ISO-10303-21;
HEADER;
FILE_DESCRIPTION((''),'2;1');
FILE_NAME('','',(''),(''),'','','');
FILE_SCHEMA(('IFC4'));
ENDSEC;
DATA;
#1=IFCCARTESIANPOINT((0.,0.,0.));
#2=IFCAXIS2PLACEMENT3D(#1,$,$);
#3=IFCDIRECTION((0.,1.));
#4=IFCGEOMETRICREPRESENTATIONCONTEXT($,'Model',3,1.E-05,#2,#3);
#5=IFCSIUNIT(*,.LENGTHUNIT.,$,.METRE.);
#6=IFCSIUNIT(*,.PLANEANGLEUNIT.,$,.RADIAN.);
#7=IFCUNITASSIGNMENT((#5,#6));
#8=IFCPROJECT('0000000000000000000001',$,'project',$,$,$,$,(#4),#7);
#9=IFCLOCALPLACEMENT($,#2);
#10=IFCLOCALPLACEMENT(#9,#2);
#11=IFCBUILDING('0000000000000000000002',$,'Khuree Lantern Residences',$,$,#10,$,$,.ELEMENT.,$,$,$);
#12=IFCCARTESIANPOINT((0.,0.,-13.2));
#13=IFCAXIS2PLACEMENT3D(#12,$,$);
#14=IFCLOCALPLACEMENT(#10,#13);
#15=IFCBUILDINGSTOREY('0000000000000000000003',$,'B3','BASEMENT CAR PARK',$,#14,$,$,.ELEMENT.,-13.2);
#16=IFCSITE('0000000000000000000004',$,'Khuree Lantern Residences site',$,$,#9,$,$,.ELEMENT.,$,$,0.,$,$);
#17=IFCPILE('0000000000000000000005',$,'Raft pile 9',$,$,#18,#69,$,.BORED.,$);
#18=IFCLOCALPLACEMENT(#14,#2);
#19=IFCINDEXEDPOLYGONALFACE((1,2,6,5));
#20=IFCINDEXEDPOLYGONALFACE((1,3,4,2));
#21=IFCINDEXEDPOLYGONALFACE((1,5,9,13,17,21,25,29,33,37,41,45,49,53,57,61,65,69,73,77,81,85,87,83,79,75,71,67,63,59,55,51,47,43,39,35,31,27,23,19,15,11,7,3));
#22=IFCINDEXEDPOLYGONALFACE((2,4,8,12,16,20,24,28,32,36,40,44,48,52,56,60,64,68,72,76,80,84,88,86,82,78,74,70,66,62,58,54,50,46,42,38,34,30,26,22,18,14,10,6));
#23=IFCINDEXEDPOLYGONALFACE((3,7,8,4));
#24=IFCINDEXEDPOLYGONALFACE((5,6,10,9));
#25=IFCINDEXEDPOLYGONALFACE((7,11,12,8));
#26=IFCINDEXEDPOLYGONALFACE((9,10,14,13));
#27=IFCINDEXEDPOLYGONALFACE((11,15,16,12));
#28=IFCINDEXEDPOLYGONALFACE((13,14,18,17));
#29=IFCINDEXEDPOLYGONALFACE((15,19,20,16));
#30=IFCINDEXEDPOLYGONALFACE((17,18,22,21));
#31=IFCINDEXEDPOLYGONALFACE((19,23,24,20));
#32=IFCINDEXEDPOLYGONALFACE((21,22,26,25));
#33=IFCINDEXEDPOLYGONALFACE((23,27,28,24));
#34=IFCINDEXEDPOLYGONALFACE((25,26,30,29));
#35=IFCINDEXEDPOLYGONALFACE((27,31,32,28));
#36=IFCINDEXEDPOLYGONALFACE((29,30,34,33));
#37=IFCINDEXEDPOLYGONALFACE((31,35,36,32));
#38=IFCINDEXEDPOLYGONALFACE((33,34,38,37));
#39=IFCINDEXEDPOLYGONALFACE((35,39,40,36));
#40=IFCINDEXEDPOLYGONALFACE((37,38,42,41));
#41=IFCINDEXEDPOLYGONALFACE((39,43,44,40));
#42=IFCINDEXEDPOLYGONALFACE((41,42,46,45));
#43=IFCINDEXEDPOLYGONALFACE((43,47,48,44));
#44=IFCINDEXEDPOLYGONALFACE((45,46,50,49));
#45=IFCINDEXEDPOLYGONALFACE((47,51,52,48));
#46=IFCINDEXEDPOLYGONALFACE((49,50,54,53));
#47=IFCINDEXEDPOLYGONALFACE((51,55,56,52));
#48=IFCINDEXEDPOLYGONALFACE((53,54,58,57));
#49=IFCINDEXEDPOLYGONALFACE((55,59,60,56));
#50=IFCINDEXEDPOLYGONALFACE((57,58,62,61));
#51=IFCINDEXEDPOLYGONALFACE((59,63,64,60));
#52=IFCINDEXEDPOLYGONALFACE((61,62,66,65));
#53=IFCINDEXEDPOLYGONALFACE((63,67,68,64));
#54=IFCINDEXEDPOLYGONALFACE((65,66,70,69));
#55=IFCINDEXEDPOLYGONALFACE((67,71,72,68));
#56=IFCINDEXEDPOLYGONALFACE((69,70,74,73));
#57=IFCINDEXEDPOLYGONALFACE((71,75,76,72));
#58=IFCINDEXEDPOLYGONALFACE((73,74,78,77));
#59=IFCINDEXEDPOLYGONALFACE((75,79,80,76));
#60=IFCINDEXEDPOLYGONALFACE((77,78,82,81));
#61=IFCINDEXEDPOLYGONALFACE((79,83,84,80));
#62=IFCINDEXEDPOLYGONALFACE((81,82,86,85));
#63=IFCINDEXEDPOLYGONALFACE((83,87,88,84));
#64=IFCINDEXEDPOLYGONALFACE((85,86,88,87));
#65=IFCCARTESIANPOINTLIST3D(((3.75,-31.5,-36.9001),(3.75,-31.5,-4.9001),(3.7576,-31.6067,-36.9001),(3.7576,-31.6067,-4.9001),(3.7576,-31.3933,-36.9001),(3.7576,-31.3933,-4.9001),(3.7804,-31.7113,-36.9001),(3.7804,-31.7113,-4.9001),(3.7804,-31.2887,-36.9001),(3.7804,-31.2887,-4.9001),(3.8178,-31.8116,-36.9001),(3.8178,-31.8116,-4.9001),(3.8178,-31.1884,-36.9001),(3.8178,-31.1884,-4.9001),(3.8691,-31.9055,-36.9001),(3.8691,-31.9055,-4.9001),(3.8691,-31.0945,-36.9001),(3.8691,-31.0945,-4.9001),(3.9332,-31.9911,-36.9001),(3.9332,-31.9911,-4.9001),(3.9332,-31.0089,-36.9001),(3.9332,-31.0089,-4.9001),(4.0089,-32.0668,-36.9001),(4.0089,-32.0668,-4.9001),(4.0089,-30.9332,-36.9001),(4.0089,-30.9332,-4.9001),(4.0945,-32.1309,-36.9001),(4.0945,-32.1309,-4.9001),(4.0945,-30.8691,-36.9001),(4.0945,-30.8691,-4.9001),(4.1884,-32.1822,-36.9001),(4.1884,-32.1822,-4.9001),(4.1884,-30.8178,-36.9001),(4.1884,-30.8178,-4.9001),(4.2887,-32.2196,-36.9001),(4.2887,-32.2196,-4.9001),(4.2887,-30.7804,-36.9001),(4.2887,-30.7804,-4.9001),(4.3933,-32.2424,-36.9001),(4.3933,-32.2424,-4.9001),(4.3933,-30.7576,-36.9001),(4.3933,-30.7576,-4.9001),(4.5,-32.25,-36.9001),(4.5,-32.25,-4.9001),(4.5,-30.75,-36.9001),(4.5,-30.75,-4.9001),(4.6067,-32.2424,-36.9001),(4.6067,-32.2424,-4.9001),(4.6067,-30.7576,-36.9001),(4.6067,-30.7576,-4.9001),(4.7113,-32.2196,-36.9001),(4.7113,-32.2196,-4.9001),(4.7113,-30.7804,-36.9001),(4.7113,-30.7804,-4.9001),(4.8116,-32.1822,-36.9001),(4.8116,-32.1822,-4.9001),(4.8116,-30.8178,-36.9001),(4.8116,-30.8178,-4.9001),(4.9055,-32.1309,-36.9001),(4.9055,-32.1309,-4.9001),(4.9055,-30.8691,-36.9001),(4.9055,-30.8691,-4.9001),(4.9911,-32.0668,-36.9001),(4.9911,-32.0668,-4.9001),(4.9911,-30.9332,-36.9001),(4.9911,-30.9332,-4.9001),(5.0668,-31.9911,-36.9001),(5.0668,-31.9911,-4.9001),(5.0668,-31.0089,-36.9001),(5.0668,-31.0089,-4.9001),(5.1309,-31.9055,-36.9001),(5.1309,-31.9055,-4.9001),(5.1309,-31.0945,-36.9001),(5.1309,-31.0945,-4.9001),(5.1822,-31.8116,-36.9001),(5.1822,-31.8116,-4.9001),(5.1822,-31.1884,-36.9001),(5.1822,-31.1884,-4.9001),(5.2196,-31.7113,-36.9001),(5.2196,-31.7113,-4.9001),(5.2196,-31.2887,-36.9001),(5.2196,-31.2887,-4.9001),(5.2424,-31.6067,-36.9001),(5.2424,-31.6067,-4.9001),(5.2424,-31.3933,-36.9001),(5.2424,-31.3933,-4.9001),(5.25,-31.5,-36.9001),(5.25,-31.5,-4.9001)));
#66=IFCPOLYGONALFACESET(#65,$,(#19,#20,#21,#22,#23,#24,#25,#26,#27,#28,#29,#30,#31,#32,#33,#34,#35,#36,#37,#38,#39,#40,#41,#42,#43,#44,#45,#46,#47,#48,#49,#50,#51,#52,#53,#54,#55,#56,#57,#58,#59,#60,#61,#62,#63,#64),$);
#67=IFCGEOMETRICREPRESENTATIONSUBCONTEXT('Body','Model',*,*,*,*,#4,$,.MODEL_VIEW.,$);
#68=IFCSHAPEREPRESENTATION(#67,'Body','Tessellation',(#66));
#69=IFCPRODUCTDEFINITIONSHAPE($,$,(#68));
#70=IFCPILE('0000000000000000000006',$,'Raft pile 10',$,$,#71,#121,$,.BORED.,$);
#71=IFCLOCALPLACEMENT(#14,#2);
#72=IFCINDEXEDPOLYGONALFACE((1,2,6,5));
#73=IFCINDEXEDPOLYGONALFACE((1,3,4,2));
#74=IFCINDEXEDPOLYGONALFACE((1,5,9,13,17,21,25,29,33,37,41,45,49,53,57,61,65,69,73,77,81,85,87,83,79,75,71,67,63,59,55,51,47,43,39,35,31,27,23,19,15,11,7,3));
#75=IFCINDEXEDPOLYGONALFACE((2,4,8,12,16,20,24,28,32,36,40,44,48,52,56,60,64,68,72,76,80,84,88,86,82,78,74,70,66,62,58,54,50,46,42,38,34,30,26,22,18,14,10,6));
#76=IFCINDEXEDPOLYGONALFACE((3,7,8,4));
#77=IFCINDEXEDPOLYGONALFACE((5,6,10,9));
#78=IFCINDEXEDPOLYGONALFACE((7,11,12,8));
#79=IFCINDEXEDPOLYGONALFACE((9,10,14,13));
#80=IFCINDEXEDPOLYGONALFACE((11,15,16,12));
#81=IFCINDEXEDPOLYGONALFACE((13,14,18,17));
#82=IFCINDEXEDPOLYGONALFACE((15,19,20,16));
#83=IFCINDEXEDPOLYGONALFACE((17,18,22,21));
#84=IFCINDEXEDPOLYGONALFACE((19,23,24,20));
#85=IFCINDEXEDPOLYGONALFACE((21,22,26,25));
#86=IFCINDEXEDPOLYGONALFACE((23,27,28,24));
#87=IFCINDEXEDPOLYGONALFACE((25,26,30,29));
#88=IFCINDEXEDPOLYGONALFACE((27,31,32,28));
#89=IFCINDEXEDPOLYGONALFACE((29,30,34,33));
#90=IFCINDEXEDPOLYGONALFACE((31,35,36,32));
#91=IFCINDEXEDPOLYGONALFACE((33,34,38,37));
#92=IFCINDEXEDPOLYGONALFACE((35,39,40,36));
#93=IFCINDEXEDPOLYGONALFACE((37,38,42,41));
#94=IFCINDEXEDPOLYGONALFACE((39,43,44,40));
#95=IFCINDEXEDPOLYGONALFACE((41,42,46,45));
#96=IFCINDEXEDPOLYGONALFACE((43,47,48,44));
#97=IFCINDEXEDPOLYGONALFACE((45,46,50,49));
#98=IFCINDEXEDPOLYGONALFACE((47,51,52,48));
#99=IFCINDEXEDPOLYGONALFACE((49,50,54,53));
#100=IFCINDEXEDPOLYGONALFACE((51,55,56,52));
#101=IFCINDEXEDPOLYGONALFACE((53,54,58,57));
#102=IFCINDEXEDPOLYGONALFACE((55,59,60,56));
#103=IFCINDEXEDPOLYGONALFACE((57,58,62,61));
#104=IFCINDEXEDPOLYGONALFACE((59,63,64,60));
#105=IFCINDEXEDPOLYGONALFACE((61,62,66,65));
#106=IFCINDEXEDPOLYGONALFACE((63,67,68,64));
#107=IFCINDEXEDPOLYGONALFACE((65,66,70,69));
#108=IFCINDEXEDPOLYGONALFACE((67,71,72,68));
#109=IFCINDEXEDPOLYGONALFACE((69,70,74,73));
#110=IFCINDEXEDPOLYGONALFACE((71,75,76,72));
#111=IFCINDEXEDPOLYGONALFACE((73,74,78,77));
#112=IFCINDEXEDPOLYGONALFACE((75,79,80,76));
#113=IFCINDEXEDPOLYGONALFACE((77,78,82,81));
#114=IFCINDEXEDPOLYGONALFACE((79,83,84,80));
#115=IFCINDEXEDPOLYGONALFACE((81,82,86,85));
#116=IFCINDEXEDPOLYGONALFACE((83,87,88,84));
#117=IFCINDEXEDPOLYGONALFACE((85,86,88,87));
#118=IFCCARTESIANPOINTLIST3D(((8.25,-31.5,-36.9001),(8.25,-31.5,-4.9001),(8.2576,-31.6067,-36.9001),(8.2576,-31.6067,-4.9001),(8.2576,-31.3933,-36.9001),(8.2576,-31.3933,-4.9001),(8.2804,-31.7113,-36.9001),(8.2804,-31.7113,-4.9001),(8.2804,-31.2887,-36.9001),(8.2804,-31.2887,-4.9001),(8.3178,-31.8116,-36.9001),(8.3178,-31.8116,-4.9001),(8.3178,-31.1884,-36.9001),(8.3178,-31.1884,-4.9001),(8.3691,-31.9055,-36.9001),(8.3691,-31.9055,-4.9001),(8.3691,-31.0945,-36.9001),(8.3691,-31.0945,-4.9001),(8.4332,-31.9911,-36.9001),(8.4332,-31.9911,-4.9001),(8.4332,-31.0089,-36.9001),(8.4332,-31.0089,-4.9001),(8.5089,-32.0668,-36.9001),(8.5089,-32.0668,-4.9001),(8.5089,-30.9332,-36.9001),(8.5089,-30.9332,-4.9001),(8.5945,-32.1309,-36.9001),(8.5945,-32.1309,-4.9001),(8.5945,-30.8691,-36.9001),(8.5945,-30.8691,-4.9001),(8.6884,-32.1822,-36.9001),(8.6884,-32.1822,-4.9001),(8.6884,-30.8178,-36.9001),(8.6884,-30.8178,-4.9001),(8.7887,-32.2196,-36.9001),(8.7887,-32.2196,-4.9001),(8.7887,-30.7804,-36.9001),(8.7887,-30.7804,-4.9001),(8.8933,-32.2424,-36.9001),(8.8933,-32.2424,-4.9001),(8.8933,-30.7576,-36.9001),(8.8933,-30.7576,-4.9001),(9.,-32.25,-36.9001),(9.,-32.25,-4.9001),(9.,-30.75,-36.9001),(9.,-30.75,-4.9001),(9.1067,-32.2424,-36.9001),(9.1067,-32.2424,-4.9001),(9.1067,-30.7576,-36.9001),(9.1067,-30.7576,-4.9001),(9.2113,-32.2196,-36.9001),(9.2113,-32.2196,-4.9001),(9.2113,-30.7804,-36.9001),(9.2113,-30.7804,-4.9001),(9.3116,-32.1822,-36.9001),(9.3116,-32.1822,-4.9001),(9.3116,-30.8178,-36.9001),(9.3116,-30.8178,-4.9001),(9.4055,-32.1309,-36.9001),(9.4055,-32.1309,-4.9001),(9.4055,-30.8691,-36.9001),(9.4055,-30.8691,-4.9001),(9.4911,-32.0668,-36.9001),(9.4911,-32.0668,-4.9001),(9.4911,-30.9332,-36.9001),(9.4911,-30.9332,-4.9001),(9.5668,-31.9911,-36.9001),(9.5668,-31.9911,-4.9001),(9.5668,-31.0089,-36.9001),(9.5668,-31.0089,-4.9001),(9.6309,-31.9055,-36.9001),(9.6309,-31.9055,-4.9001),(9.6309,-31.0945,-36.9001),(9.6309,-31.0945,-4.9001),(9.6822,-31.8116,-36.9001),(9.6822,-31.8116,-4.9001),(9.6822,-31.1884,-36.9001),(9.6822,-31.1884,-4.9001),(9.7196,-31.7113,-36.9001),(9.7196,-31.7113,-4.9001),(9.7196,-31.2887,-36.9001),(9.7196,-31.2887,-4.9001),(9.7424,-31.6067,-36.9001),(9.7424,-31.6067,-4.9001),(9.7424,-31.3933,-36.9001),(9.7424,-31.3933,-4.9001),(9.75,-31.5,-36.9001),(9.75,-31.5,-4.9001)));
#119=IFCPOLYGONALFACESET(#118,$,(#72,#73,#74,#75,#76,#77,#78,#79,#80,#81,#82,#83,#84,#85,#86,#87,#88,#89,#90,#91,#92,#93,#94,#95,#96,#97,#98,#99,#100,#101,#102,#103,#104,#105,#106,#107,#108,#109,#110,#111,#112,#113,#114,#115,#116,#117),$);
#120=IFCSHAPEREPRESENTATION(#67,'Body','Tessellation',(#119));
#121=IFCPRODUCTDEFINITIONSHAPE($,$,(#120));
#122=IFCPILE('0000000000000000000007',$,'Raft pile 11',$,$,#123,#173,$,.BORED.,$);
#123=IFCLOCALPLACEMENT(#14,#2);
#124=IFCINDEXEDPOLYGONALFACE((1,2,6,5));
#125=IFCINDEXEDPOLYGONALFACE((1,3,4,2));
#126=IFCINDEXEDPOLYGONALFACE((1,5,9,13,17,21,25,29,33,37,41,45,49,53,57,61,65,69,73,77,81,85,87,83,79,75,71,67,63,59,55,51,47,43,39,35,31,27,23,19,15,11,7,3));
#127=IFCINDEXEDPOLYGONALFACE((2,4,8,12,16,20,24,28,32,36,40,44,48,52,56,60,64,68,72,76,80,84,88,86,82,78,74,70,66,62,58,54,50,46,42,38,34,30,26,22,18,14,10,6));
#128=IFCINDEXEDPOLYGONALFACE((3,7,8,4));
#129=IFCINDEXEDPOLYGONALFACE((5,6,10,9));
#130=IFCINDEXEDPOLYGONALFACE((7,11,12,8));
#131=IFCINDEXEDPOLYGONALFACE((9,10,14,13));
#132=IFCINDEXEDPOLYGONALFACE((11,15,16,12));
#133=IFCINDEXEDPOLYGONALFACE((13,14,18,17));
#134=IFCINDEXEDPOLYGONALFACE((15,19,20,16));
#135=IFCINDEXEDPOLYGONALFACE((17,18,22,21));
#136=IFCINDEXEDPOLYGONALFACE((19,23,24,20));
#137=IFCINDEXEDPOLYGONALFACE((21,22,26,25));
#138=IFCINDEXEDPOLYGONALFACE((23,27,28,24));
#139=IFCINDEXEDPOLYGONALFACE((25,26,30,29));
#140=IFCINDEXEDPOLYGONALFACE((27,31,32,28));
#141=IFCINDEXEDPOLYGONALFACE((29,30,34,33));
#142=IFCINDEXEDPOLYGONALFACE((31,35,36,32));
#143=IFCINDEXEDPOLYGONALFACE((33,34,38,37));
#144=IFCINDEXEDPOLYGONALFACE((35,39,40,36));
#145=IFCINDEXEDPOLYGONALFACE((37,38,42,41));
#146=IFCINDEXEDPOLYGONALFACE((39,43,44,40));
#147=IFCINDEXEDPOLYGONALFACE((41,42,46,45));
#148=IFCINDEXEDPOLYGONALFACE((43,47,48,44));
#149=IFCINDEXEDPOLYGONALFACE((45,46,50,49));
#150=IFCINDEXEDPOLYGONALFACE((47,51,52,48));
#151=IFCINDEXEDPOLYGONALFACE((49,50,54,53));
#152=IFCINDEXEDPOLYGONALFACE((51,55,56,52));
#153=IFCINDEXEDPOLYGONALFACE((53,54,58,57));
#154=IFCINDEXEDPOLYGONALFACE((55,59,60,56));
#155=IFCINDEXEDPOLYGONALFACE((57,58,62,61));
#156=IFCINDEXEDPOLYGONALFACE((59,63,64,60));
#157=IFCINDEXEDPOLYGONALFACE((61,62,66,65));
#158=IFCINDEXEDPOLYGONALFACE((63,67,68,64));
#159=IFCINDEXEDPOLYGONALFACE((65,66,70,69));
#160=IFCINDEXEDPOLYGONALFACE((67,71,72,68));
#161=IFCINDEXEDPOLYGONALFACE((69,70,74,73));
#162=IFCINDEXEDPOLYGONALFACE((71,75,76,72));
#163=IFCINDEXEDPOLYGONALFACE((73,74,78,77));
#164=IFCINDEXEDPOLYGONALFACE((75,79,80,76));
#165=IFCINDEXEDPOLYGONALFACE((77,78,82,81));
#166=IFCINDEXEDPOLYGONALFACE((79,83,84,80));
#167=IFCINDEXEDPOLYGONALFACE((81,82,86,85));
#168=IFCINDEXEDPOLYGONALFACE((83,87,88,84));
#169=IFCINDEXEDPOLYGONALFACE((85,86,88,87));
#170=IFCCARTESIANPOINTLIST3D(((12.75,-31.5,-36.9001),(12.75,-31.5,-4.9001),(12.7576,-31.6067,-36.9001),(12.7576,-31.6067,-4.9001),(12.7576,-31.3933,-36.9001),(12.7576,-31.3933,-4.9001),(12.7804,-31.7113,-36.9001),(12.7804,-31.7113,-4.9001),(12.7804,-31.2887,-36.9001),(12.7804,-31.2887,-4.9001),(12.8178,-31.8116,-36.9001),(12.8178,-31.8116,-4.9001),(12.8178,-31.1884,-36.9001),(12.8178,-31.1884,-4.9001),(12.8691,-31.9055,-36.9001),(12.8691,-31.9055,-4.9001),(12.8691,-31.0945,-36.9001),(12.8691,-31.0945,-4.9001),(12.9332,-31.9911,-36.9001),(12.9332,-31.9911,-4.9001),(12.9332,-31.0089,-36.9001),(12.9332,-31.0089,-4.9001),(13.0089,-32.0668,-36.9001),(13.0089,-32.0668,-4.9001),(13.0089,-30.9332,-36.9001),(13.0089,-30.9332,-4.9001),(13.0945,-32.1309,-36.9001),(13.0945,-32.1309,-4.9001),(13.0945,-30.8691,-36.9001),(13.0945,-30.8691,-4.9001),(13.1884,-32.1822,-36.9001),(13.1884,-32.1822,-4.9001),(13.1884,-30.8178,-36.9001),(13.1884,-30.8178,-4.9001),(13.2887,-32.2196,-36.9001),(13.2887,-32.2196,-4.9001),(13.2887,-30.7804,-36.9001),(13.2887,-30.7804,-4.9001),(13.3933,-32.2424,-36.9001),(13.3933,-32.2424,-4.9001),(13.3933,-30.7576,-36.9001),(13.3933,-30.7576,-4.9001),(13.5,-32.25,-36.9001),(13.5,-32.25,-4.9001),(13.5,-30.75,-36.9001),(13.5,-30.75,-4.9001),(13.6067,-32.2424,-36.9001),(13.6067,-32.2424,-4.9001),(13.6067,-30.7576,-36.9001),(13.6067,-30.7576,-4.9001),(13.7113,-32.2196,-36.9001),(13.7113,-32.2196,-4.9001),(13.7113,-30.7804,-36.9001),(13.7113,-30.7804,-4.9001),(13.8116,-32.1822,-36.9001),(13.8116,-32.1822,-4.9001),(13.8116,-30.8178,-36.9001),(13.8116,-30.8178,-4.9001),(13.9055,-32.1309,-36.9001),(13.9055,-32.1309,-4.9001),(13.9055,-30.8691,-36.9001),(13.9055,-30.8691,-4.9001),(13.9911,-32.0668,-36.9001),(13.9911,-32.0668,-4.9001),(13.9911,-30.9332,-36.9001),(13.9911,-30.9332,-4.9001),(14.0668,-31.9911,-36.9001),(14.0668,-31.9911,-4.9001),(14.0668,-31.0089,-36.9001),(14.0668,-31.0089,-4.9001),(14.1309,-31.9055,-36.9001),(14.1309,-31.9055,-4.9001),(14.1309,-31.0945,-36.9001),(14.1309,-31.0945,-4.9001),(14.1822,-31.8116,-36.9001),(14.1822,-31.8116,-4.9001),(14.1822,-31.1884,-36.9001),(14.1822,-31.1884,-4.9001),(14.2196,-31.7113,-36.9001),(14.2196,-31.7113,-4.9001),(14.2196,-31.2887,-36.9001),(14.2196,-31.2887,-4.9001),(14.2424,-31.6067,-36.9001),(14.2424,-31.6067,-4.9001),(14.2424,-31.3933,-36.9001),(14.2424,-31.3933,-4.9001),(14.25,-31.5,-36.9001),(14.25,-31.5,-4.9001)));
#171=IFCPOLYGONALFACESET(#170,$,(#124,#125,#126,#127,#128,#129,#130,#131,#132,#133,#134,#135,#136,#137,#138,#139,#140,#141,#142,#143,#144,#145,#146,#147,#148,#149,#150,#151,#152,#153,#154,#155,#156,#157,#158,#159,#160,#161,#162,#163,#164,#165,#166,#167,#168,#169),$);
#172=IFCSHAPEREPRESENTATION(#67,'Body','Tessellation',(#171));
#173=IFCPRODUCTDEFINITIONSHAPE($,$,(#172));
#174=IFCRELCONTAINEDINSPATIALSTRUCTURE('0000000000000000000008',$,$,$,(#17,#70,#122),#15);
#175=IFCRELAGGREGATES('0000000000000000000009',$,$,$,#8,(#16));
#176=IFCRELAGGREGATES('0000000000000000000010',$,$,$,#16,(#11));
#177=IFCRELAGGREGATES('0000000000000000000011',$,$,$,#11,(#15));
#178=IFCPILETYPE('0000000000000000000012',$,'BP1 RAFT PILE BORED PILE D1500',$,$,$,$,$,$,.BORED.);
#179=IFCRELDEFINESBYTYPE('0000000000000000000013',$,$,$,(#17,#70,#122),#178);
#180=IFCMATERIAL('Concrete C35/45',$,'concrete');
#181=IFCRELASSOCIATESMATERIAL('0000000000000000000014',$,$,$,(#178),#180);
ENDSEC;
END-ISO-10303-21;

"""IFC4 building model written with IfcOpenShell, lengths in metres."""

from ifc_helpers import new_model, si_unit, direction, frame, origin, origin_2d, place, context, subcontext, project, spatial, circle, extrude, material, material_profile, profile_set, type_object, element, save


model = new_model("IFC4")

# Units and contexts
model_context = context("Model", 3, precision=1e-05, world=origin(), true_north=direction((0.0, 1.0)))
body_context = subcontext(model_context, "Body", "Model", "MODEL_VIEW")
ifc_project = project(units=[si_unit("LENGTHUNIT", "METRE"), si_unit("PLANEANGLEUNIT", "RADIAN")], contexts=[model_context])

# Site, building, storey
site_placement = place(None, origin())
site = spatial("IfcSite", under=ifc_project, at=site_placement, Name="Khuree Lantern Residences site", CompositionType="ELEMENT", RefElevation=0.0)
building_placement = place(site_placement, origin())
building = spatial("IfcBuilding", under=site, at=building_placement, Name="Khuree Lantern Residences", CompositionType="ELEMENT")
storey_placement = place(building_placement, frame((0.0, 0.0, -13.2)))
storey = spatial("IfcBuildingStorey", under=building, at=storey_placement, Name="B3", Description="BASEMENT CAR PARK", CompositionType="ELEMENT", Elevation=-13.2)

# Piles
ifc_material_1 = material(Name="Concrete C35/45", Category="concrete")
ifc_material_profile_1 = material_profile(ifc_material_1, circle(Radius=0.75, at=origin_2d()), Name="BORED PILE D1500")
ifc_profile_set_1 = profile_set([ifc_material_profile_1], Name="Concrete C35/45")
pile_type = type_object("IfcPileType", Name="BP1 RAFT PILE BORED PILE D1500", PredefinedType="BORED", material=ifc_profile_set_1)
for number, where, z_axis, x_axis, name in (
    (1, (4.5, -31.5, -4.9001), (0.0, 0.0, -1.0), (1.0, 0.0, 0.0), "Raft pile 9"),
    (2, (9.0, -31.5, -4.9001), (0.0, 0.0, -1.0), (1.0, 0.0, 0.0), "Raft pile 10"),
    (3, (13.5, -31.5, -4.9001), (0.0, 0.0, -1.0), (1.0, 0.0, 0.0), "Raft pile 11"),
):
    element("IfcPile", number, at=place(storey_placement, frame(where, z_axis=z_axis, x_axis=x_axis)), inside=storey, type_object=pile_type, Name=name, PredefinedType="BORED", context=body_context, shape_type="SweptSolid", body=[
        extrude(circle(Radius=0.75, at=origin_2d()), origin(), (0.0, 0.0, 1.0), 32.0),
    ])

save(model, "model.ifc")
